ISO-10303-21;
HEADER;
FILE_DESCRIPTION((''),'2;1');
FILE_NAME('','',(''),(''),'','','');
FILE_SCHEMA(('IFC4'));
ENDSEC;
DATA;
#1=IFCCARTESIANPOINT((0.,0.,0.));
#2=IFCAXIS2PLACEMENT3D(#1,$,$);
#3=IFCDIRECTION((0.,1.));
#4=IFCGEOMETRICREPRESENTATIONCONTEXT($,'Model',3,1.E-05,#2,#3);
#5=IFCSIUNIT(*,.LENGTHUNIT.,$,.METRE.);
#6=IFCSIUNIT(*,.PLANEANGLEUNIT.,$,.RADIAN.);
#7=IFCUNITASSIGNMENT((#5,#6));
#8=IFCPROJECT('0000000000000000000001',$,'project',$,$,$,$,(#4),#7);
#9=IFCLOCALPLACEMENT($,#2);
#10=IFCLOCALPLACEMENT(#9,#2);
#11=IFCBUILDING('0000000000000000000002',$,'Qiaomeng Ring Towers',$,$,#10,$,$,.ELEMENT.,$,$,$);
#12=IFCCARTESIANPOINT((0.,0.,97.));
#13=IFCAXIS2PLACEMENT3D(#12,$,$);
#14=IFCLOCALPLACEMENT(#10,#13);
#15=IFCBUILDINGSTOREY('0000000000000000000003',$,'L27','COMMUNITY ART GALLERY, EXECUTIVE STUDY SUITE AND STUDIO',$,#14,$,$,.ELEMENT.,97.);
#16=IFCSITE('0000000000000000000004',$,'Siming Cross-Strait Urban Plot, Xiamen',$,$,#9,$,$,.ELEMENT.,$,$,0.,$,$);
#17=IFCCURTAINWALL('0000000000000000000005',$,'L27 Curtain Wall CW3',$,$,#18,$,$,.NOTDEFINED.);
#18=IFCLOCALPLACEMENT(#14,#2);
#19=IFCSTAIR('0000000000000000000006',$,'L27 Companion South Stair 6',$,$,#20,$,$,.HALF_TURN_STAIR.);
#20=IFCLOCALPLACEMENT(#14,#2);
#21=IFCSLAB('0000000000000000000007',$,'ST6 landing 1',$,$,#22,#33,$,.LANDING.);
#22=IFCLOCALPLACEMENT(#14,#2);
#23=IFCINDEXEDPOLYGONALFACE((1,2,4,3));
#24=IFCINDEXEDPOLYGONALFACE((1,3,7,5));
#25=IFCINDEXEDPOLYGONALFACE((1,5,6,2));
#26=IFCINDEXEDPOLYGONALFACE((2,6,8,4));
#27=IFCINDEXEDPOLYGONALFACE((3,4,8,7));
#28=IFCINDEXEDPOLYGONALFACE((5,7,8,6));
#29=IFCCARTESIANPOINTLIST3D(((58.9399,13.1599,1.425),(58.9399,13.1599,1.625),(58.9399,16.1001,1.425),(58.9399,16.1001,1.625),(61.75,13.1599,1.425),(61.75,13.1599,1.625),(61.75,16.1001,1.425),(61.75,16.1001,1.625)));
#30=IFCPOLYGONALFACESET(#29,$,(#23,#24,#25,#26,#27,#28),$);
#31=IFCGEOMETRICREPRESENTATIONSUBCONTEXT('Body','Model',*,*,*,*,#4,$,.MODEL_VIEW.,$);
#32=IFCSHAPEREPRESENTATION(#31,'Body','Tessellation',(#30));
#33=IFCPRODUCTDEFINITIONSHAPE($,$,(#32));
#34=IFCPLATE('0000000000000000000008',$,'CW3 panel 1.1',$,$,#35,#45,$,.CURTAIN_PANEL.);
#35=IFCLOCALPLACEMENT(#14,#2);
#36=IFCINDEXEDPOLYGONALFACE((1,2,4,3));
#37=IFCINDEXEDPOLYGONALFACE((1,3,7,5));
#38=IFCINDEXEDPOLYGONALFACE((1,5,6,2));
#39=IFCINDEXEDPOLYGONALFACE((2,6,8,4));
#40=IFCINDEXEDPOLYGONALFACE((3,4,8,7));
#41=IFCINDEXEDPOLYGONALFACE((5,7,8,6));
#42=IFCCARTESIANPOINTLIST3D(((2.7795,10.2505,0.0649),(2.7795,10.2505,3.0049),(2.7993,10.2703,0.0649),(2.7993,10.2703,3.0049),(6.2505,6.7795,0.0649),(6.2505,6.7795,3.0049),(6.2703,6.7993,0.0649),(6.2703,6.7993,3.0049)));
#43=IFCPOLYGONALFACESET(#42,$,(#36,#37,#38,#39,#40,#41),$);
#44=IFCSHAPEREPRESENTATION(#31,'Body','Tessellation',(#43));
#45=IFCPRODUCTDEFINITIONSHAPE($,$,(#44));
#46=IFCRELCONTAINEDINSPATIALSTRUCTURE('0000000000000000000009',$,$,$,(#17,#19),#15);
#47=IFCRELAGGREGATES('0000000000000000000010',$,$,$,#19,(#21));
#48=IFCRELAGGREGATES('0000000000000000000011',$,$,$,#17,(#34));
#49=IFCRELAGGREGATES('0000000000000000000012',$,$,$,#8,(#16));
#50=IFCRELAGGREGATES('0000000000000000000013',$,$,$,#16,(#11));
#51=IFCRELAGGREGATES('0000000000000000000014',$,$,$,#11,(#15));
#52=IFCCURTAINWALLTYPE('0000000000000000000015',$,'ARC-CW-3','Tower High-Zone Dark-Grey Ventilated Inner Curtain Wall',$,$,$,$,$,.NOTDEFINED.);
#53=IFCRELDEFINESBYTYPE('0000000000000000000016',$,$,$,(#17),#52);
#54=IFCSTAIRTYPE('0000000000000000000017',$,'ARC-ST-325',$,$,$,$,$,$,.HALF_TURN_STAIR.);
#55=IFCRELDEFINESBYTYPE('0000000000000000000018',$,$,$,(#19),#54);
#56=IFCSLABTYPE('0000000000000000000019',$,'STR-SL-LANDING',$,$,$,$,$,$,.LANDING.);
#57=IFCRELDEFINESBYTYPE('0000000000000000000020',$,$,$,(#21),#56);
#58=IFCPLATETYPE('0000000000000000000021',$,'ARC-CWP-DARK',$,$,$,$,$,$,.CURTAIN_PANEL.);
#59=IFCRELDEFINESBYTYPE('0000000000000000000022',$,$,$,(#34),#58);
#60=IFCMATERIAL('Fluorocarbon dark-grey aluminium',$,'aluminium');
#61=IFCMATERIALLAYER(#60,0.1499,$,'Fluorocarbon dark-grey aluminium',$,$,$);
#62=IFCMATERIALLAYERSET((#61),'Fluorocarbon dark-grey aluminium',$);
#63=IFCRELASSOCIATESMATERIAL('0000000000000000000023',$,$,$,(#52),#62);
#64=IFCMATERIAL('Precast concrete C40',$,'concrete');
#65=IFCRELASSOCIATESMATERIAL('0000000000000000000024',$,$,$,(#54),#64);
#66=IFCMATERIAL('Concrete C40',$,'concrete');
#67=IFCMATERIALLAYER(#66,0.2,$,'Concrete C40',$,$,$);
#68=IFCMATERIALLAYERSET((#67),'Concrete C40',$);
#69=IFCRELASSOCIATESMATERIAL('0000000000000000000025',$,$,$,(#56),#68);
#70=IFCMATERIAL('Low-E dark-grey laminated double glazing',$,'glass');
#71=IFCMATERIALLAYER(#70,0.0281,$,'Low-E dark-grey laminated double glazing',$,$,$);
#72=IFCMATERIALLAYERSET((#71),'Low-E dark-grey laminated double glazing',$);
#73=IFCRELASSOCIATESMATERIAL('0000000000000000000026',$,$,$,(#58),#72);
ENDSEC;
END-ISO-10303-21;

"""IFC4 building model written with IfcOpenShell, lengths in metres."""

from ifc_helpers import new_model, si_unit, direction, frame, origin, origin_2d, place, context, subcontext, project, spatial, polyline, rectangle, outline, extrude, source, transform, mapped, material, layer, layer_set, type_object, element, aggregate, save


model = new_model("IFC4")

# Units and contexts
model_context = context("Model", 3, precision=1e-05, world=origin(), true_north=direction((0.0, 1.0)))
body_context = subcontext(model_context, "Body", "Model", "MODEL_VIEW")
ifc_project = project(units=[si_unit("LENGTHUNIT", "METRE"), si_unit("PLANEANGLEUNIT", "RADIAN")], contexts=[model_context])

# Site, building, storey
site_placement = place(None, origin())
site = spatial("IfcSite", under=ifc_project, at=site_placement, Name="Siming Cross-Strait Urban Plot, Xiamen", CompositionType="ELEMENT", RefElevation=0.0)
building_placement = place(site_placement, origin())
building = spatial("IfcBuilding", under=site, at=building_placement, Name="Qiaomeng Ring Towers", CompositionType="ELEMENT")
storey_placement = place(building_placement, frame((0.0, 0.0, 97.0)))
storey = spatial("IfcBuildingStorey", under=building, at=storey_placement, Name="L27", Description="COMMUNITY ART GALLERY, EXECUTIVE STUDY SUITE AND STUDIO", CompositionType="ELEMENT", Elevation=97.0)

# Curtain wall
ifc_material_1 = material(Name="Fluorocarbon dark-grey aluminium", Category="aluminium")
ifc_layer_1 = layer(ifc_material_1, 0.1499, Name="Fluorocarbon dark-grey aluminium")
ifc_layer_set_1 = layer_set([ifc_layer_1], Name="Fluorocarbon dark-grey aluminium")
curtain_wall_type = type_object("IfcCurtainWallType", Name="ARC-CW-3", Description="Tower High-Zone Dark-Grey Ventilated Inner Curtain Wall", PredefinedType="NOTDEFINED", material=ifc_layer_set_1)
curtain_wall_placement = place(storey_placement, origin())
curtain_wall = element("IfcCurtainWall", 1, at=curtain_wall_placement, inside=storey, type_object=curtain_wall_type, Name="L27 Curtain Wall CW3", PredefinedType="NOTDEFINED")

# Stair, slab
ifc_material_2 = material(Name="Precast concrete C40", Category="concrete")
stair_type = type_object("IfcStairType", Name="ARC-ST-325", PredefinedType="HALF_TURN_STAIR", material=ifc_material_2)
stair_placement = place(storey_placement, origin())
stair = element("IfcStair", 2, at=stair_placement, inside=storey, type_object=stair_type, Name="L27 Companion South Stair 6", PredefinedType="HALF_TURN_STAIR")
ifc_material_3 = material(Name="Concrete C40", Category="concrete")
ifc_layer_2 = layer(ifc_material_3, 0.2, Name="Concrete C40")
ifc_layer_set_2 = layer_set([ifc_layer_2], Name="Concrete C40")
slab_type = type_object("IfcSlabType", Name="STR-SL-LANDING", PredefinedType="LANDING", material=ifc_layer_set_2)
slab_placement = place(storey_placement, frame((0.0, 0.0, 1.425)))
slab = element("IfcSlab", 3, at=slab_placement, type_object=slab_type, Name="ST6 landing 1", PredefinedType="LANDING", context=body_context, shape_type="SweptSolid", body=[
    extrude(outline(polyline([(58.9399, 13.1599), (61.75, 13.1599), (61.75, 16.1001), (58.9399, 16.1001), (58.9399, 13.1599)])), origin(), (0.0, 0.0, 1.0), 0.2),
])
aggregate(stair, [slab])

# Plate
ifc_material_4 = material(Name="Low-E dark-grey laminated double glazing", Category="glass")
ifc_layer_3 = layer(ifc_material_4, 0.0281, Name="Low-E dark-grey laminated double glazing")
ifc_layer_set_3 = layer_set([ifc_layer_3], Name="Low-E dark-grey laminated double glazing")
plate_type = type_object("IfcPlateType", Name="ARC-CWP-DARK", PredefinedType="CURTAIN_PANEL", material=ifc_layer_set_3)
shared_shape_1 = source(origin(), body_context, "Body", "SweptSolid", [
    extrude(rectangle(XDim=4.9087, YDim=0.0281, at=origin_2d()), origin(), (0.0, 0.0, 1.0), 2.9399),
])
plate_placement = place(storey_placement, frame((4.5249, 8.5249, 0.0649), z_axis=(0.0, 0.0, 1.0), x_axis=(0.707107, -0.707107, 0.0)))
plate = element("IfcPlate", 4, at=plate_placement, type_object=plate_type, Name="CW3 panel 1.1", PredefinedType="CURTAIN_PANEL", context=body_context, shape_type="MappedRepresentation", body=[
    mapped(shared_shape_1, transform((0.0, 0.0, 0.0), x_axis=(1.0, 0.0, 0.0), y_axis=(0.0, 1.0, 0.0), z_axis=(0.0, 0.0, 1.0), scale=1.0)),
])
aggregate(curtain_wall, [plate])

save(model, "model.ifc")
